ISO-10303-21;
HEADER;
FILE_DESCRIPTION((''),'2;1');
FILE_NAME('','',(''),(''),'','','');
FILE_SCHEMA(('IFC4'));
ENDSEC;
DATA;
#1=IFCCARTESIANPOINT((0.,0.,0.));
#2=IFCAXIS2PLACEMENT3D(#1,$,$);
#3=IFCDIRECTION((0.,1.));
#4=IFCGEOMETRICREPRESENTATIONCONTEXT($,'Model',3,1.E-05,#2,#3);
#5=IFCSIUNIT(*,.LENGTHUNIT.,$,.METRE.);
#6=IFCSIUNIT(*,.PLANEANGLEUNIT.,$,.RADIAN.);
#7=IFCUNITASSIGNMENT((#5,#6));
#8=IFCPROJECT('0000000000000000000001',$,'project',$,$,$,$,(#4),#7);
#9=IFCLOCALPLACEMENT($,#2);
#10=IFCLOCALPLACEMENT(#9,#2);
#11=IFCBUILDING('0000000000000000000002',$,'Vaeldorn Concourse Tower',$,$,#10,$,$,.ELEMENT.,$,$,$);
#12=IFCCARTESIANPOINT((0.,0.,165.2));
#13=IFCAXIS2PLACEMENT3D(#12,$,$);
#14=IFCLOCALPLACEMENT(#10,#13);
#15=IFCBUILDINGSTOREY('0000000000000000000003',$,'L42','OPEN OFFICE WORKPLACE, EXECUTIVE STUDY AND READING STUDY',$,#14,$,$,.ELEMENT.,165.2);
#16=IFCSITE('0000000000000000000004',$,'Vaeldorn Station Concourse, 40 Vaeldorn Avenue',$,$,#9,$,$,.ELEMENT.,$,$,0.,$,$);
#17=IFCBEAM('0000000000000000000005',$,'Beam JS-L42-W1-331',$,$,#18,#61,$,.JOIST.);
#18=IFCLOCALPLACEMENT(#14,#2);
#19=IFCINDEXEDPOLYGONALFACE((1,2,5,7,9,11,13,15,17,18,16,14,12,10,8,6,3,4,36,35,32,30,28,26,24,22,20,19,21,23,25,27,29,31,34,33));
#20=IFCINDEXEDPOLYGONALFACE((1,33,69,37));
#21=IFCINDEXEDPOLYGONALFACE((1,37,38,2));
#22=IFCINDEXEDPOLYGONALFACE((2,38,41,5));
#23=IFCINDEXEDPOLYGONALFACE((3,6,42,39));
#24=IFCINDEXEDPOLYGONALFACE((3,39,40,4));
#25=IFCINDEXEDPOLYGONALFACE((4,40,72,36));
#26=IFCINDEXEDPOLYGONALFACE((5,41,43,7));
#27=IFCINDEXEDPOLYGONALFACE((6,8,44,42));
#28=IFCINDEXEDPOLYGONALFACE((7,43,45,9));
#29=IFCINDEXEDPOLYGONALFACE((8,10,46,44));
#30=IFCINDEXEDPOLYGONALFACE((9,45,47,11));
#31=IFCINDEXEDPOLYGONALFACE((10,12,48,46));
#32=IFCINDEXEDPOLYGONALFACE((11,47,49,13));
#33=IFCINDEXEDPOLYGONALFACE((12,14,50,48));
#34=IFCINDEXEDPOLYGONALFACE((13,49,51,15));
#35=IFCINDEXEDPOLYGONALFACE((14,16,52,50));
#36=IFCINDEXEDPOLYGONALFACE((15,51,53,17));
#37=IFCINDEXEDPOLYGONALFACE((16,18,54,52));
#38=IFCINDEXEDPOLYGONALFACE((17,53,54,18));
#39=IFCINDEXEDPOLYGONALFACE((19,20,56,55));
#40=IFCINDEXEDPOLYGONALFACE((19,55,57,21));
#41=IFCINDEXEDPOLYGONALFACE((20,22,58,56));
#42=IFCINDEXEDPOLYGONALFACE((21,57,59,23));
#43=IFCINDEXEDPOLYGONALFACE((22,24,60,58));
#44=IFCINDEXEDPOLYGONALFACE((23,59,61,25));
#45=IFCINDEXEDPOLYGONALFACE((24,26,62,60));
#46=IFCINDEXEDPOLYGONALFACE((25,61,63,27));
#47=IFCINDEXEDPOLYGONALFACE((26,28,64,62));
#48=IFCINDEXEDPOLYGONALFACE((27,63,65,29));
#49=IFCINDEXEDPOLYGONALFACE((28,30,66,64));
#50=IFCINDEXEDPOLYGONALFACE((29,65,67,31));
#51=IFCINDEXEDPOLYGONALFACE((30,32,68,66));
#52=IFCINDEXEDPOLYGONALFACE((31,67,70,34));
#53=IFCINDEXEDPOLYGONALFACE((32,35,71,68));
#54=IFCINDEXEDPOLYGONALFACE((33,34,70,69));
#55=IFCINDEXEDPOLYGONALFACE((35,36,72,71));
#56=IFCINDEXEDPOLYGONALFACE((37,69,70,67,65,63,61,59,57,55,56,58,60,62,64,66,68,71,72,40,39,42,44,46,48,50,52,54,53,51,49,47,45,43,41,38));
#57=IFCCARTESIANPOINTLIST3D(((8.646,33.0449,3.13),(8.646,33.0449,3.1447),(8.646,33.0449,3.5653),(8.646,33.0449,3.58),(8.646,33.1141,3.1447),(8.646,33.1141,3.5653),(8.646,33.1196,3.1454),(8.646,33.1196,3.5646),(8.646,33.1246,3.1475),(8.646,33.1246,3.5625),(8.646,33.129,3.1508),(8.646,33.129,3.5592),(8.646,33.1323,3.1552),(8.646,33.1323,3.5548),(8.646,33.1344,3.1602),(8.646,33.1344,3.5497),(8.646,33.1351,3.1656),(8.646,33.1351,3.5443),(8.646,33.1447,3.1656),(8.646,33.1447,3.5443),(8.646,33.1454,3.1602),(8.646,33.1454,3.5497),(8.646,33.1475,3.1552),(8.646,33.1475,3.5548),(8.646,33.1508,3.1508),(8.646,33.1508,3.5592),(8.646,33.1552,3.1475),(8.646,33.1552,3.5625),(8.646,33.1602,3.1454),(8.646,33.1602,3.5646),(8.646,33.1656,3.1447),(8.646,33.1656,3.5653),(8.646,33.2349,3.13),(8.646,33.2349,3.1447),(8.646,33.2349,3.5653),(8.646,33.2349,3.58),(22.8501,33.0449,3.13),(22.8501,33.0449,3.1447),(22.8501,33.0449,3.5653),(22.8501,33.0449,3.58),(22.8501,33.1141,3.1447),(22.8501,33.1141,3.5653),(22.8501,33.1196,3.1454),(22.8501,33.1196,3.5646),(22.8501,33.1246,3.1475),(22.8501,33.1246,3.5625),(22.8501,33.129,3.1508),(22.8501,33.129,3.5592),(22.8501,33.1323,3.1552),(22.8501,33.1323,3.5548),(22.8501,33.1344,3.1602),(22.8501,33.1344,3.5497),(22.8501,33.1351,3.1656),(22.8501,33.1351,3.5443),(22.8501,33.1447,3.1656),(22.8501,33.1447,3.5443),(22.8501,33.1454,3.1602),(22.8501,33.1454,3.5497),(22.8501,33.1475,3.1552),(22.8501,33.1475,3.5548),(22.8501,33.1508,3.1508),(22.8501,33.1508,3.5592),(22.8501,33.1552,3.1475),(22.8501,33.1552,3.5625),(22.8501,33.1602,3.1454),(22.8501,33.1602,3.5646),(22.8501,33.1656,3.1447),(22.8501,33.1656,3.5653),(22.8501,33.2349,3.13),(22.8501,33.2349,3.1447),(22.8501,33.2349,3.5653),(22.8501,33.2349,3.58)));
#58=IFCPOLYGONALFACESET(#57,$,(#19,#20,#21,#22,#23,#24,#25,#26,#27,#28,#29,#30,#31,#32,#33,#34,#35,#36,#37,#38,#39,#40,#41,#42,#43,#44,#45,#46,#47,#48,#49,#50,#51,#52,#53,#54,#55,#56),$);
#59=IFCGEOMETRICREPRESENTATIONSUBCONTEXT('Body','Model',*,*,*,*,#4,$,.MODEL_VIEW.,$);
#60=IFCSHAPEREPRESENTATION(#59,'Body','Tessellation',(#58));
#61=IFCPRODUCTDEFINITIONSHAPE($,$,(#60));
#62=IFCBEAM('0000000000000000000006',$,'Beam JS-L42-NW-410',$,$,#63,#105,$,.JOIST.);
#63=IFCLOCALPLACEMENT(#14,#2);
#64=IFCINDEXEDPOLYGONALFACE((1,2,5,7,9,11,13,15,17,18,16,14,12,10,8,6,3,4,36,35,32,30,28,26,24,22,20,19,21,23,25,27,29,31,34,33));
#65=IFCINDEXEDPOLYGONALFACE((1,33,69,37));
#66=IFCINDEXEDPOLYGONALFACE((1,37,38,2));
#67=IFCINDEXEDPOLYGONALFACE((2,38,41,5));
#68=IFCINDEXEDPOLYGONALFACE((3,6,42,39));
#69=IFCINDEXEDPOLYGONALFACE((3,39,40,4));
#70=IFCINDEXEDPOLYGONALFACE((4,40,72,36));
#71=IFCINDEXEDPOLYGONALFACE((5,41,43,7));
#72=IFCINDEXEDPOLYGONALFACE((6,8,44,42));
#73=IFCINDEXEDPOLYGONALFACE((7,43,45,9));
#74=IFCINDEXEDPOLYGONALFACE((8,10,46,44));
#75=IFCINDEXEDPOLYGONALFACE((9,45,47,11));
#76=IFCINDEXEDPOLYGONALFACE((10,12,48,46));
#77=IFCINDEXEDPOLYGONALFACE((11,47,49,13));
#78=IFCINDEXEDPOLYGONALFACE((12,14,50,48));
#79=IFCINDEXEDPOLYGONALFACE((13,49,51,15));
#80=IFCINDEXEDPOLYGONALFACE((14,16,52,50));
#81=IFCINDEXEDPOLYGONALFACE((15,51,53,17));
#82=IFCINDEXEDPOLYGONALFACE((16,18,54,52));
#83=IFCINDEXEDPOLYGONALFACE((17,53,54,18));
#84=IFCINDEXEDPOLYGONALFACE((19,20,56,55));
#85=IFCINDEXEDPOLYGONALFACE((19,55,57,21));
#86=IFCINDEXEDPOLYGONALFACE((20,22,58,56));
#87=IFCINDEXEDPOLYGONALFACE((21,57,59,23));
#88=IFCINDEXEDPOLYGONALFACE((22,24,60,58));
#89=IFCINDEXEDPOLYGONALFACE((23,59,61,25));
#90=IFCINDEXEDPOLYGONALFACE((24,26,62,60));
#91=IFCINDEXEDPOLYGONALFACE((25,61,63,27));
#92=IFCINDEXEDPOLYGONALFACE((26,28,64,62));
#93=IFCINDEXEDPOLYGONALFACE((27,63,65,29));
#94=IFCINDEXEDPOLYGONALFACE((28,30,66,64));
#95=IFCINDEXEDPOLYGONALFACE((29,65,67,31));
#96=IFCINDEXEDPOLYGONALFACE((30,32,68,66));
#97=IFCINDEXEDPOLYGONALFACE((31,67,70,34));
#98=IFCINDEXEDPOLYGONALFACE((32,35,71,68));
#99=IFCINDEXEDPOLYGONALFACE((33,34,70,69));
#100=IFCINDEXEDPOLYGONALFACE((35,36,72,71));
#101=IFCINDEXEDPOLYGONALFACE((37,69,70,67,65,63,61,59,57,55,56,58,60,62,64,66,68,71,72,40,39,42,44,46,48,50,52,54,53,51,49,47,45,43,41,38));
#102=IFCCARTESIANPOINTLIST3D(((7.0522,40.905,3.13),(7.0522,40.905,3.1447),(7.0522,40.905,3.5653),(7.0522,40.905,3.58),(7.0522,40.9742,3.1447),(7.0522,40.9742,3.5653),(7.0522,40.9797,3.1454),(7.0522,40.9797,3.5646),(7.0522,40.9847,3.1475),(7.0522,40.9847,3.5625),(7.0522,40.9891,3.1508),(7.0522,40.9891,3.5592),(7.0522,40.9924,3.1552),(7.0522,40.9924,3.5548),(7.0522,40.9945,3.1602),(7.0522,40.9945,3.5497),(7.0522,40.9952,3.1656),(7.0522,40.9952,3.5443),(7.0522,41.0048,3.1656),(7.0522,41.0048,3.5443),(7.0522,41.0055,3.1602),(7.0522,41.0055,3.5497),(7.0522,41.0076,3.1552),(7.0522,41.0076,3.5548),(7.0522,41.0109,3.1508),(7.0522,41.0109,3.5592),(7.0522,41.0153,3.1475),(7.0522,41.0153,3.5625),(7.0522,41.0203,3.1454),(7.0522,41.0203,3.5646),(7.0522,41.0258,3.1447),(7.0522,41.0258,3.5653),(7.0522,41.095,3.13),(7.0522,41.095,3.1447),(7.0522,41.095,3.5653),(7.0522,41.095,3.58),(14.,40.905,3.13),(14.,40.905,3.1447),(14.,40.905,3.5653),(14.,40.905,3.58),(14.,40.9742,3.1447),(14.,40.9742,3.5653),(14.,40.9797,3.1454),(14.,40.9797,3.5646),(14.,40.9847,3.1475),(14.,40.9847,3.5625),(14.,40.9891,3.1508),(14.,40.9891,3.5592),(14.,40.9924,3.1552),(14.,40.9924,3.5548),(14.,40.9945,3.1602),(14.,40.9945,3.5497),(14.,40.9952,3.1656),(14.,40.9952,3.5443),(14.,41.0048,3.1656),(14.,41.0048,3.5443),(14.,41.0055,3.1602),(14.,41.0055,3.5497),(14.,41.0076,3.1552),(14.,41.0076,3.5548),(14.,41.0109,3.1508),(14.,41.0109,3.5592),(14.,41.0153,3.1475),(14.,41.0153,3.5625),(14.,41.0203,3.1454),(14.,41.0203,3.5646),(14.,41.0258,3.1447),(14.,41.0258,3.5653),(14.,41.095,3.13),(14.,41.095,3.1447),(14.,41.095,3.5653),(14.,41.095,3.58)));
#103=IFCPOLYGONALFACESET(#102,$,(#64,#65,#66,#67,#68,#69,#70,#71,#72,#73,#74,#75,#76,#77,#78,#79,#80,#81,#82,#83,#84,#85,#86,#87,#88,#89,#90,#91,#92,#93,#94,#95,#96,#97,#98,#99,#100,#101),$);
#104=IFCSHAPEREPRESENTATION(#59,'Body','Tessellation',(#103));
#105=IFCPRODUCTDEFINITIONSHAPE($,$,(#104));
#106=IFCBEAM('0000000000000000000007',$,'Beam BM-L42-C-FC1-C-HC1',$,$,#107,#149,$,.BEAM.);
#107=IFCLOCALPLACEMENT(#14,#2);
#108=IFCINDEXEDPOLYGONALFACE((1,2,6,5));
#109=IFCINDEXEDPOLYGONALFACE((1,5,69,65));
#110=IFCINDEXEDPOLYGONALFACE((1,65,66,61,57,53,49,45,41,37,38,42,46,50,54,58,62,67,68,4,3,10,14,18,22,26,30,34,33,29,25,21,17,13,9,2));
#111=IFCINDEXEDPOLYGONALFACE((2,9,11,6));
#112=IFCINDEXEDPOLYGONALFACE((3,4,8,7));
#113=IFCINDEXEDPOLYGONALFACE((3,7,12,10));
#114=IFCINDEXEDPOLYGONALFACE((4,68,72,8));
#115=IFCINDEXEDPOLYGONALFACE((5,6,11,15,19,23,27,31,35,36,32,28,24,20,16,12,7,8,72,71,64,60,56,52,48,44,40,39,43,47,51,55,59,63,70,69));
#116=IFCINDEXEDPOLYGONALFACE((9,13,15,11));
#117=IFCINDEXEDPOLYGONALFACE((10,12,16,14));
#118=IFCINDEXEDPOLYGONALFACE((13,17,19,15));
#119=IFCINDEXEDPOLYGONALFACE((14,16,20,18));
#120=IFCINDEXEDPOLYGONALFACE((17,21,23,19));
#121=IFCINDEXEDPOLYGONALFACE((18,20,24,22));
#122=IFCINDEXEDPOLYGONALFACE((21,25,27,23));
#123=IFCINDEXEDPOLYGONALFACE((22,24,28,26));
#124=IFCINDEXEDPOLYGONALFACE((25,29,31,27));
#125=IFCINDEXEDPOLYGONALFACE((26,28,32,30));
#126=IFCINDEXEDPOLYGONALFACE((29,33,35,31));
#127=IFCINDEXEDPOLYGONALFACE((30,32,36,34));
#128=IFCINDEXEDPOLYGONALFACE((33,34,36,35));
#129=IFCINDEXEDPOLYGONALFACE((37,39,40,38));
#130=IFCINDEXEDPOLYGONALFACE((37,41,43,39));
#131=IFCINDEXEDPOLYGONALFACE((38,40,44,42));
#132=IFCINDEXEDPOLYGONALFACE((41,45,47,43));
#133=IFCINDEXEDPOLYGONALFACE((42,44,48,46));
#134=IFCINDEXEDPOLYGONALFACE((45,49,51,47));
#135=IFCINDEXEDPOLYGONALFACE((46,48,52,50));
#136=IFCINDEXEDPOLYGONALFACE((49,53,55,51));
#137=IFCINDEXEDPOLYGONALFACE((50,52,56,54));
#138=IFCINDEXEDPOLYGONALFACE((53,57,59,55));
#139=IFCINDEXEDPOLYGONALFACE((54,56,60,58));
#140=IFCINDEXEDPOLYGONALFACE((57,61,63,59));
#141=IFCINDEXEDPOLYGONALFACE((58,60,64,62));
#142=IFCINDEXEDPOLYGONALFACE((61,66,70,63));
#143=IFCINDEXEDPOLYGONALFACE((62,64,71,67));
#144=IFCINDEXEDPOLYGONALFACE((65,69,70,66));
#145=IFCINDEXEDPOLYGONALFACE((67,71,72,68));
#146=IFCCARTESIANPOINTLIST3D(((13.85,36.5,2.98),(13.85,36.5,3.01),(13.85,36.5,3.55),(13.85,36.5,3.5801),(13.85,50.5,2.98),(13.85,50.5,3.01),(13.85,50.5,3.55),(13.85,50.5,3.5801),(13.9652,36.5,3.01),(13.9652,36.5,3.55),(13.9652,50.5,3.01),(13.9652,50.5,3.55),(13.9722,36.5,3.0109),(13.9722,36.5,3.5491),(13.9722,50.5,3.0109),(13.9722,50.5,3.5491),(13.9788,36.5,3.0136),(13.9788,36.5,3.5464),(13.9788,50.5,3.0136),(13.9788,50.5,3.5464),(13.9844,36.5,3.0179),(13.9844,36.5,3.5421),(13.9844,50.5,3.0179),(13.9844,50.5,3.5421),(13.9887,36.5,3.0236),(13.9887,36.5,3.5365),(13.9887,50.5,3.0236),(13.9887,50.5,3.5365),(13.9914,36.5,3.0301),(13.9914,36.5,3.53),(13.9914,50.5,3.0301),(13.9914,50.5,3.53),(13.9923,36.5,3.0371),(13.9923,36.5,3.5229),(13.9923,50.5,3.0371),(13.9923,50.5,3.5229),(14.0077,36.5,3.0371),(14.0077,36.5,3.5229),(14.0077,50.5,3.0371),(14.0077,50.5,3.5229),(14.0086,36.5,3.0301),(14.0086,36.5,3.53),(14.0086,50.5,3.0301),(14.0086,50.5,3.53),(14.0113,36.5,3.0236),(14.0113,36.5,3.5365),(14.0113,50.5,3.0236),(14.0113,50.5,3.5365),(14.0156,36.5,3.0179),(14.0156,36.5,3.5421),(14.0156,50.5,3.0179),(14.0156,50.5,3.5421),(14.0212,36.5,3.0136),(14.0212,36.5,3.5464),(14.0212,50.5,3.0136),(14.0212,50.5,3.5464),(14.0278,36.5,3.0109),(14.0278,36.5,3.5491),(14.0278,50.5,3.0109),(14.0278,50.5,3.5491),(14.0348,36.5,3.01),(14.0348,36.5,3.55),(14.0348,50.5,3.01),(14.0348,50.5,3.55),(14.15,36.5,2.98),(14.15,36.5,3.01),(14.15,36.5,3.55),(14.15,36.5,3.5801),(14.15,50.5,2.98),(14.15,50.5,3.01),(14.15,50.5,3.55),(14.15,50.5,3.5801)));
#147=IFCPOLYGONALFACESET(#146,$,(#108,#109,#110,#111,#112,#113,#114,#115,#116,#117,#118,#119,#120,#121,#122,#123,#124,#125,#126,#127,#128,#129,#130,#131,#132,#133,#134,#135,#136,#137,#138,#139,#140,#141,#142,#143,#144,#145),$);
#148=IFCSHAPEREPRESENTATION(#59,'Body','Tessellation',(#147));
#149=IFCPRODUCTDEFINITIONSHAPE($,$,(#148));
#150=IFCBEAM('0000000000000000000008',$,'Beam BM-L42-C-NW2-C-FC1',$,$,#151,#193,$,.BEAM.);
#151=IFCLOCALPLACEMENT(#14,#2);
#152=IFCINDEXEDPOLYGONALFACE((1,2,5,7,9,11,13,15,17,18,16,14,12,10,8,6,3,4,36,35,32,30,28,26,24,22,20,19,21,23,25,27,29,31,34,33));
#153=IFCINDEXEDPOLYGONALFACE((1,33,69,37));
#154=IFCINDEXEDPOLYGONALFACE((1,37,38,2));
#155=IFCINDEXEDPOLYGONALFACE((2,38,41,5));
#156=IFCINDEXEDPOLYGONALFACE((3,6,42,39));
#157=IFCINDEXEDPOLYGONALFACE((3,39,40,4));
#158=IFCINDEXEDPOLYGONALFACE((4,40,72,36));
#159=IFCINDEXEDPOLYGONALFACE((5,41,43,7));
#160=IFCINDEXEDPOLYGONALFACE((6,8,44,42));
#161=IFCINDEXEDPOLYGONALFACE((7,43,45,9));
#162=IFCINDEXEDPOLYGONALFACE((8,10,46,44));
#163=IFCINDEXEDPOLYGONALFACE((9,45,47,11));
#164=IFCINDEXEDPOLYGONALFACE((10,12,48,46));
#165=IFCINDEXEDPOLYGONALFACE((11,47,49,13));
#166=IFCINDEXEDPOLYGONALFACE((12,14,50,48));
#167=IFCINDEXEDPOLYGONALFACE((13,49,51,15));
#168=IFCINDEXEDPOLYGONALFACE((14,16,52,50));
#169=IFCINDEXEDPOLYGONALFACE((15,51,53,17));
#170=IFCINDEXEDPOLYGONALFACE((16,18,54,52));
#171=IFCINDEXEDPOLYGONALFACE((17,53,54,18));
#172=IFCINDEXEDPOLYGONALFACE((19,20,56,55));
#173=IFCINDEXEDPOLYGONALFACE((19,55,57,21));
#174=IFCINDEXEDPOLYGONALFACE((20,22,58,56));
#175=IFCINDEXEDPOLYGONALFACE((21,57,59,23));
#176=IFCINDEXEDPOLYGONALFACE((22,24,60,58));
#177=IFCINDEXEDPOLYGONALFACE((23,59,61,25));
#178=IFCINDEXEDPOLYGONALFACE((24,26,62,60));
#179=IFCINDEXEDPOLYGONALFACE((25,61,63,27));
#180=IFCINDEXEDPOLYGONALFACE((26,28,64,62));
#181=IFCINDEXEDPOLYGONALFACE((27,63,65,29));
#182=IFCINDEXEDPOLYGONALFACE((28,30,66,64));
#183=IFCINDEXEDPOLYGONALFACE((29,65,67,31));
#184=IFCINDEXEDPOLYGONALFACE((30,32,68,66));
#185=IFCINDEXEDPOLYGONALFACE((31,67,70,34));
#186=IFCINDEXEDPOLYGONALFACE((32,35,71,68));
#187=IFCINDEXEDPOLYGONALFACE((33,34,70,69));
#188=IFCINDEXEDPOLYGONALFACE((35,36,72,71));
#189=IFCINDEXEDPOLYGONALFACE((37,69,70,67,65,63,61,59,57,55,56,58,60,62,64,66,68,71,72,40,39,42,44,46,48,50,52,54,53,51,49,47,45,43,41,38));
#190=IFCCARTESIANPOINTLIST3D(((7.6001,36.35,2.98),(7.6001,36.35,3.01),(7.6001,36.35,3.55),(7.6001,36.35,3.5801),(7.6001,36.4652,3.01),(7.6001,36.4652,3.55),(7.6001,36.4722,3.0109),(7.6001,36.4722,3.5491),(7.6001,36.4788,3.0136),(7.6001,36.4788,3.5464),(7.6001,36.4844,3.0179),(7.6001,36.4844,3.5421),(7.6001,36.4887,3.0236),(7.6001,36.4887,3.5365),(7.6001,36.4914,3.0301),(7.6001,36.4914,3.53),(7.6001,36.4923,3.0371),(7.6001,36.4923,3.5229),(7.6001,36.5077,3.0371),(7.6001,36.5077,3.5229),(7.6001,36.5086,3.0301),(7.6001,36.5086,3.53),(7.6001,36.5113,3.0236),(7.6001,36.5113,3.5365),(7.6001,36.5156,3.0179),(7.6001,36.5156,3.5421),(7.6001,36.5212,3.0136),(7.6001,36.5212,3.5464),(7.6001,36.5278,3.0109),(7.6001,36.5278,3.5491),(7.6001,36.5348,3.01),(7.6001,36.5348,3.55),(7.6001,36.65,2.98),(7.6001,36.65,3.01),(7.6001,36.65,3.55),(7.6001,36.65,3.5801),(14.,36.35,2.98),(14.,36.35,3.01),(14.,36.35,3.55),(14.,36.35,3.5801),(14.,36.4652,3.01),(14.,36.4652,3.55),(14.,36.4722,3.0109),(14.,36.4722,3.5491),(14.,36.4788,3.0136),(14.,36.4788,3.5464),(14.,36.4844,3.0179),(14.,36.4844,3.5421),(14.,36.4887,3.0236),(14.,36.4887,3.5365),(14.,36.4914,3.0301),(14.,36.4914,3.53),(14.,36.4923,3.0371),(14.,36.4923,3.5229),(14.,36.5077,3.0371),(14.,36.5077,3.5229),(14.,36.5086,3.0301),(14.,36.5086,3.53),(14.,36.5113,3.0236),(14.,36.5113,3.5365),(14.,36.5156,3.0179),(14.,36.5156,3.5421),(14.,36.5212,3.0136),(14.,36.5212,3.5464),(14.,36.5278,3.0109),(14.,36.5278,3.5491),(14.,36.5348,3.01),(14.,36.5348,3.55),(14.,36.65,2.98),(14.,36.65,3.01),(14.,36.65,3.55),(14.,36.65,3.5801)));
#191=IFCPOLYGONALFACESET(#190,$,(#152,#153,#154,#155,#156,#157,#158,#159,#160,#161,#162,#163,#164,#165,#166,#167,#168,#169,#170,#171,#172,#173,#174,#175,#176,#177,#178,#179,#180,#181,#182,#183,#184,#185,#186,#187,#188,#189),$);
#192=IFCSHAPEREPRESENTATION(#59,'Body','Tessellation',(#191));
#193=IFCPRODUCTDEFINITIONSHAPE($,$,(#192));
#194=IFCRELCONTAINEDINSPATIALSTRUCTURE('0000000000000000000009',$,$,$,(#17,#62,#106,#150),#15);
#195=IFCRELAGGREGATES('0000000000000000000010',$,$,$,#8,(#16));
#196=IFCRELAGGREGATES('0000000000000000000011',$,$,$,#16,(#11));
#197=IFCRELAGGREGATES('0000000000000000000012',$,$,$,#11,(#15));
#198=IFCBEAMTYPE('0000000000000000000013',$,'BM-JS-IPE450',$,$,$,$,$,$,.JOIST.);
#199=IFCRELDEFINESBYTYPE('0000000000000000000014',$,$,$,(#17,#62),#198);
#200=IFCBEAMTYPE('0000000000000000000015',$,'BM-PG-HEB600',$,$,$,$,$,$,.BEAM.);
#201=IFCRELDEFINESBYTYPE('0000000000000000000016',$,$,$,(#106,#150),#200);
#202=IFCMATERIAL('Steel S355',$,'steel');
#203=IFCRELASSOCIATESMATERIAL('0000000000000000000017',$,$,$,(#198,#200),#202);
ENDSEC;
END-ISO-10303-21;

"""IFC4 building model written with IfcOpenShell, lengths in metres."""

from ifc_helpers import new_model, si_unit, direction, frame, origin, origin_2d, place, context, subcontext, project, spatial, i_section, extrude, source, transform, mapped, material, material_profile, profile_set, type_object, element, save


model = new_model("IFC4")

# Units and contexts
model_context = context("Model", 3, precision=1e-05, world=origin(), true_north=direction((0.0, 1.0)))
body_context = subcontext(model_context, "Body", "Model", "MODEL_VIEW")
ifc_project = project(units=[si_unit("LENGTHUNIT", "METRE"), si_unit("PLANEANGLEUNIT", "RADIAN")], contexts=[model_context])

# Site, building, storey
site_placement = place(None, origin())
site = spatial("IfcSite", under=ifc_project, at=site_placement, Name="Vaeldorn Station Concourse, 40 Vaeldorn Avenue", CompositionType="ELEMENT", RefElevation=0.0)
building_placement = place(site_placement, origin())
building = spatial("IfcBuilding", under=site, at=building_placement, Name="Vaeldorn Concourse Tower", CompositionType="ELEMENT")
storey_placement = place(building_placement, frame((0.0, 0.0, 165.2)))
storey = spatial("IfcBuildingStorey", under=building, at=storey_placement, Name="L42", Description="OPEN OFFICE WORKPLACE, EXECUTIVE STUDY AND READING STUDY", CompositionType="ELEMENT", Elevation=165.2)

# Beams
ifc_material_1 = material(Name="Steel S355", Category="steel")
ifc_material_profile_1 = material_profile(ifc_material_1, i_section(OverallWidth=0.1899, OverallDepth=0.45, WebThickness=0.0095, FlangeThickness=0.0146, FilletRadius=0.021, at=origin_2d()), Name="IPE 450")
ifc_profile_set_1 = profile_set([ifc_material_profile_1], Name="Steel S355")
beam_type_1 = type_object("IfcBeamType", Name="BM-JS-IPE450", PredefinedType="JOIST", material=ifc_profile_set_1)
shared_shape_1 = source(origin(), body_context, "Body", "SweptSolid", [
    extrude(i_section(OverallWidth=0.1899, OverallDepth=0.45, WebThickness=0.0095, FlangeThickness=0.0146, FilletRadius=0.021, at=origin_2d()), origin(), (0.0, 0.0, 1.0), 14.2041),
])
beam_1_placement = place(storey_placement, frame((8.646, 33.1399, 3.355), z_axis=(1.0, 0.0, 0.0), x_axis=(0.0, 1.0, 0.0)))
element("IfcBeam", 1, at=beam_1_placement, inside=storey, type_object=beam_type_1, Name="Beam JS-L42-W1-331", PredefinedType="JOIST", context=body_context, shape_type="MappedRepresentation", body=[
    mapped(shared_shape_1, transform((0.0, 0.0, 0.0), scale=1.0)),
])
shared_shape_2 = source(origin(), body_context, "Body", "SweptSolid", [
    extrude(i_section(OverallWidth=0.1899, OverallDepth=0.45, WebThickness=0.0095, FlangeThickness=0.0146, FilletRadius=0.021, at=origin_2d()), origin(), (0.0, 0.0, 1.0), 6.9478),
])
beam_2_placement = place(storey_placement, frame((7.0522, 41.0, 3.355), z_axis=(1.0, 0.0, 0.0), x_axis=(0.0, 1.0, 0.0)))
element("IfcBeam", 2, at=beam_2_placement, inside=storey, type_object=beam_type_1, Name="Beam JS-L42-NW-410", PredefinedType="JOIST", context=body_context, shape_type="MappedRepresentation", body=[
    mapped(shared_shape_2, transform((0.0, 0.0, 0.0), scale=1.0)),
])
ifc_material_profile_2 = material_profile(ifc_material_1, i_section(OverallWidth=0.3, OverallDepth=0.6001, WebThickness=0.0154, FlangeThickness=0.03, FilletRadius=0.0271, at=origin_2d()), Name="HEB 600")
ifc_profile_set_2 = profile_set([ifc_material_profile_2], Name="Steel S355")
beam_type_2 = type_object("IfcBeamType", Name="BM-PG-HEB600", PredefinedType="BEAM", material=ifc_profile_set_2)
shared_shape_3 = source(origin(), body_context, "Body", "SweptSolid", [
    extrude(i_section(OverallWidth=0.3, OverallDepth=0.6001, WebThickness=0.0154, FlangeThickness=0.03, FilletRadius=0.0271, at=origin_2d()), origin(), (0.0, 0.0, 1.0), 14.0),
])
beam_3_placement = place(storey_placement, frame((14.0, 36.5, 3.28), z_axis=(0.0, 1.0, 0.0), x_axis=(-1.0, 0.0, 0.0)))
element("IfcBeam", 3, at=beam_3_placement, inside=storey, type_object=beam_type_2, Name="Beam BM-L42-C-FC1-C-HC1", PredefinedType="BEAM", context=body_context, shape_type="MappedRepresentation", body=[
    mapped(shared_shape_3, transform((0.0, 0.0, 0.0), scale=1.0)),
])
shared_shape_4 = source(origin(), body_context, "Body", "SweptSolid", [
    extrude(i_section(OverallWidth=0.3, OverallDepth=0.6001, WebThickness=0.0154, FlangeThickness=0.03, FilletRadius=0.0271, at=origin_2d()), origin(), (0.0, 0.0, 1.0), 6.3999),
])
beam_4_placement = place(storey_placement, frame((7.6001, 36.5, 3.28), z_axis=(1.0, 0.0, 0.0), x_axis=(0.0, 1.0, 0.0)))
element("IfcBeam", 4, at=beam_4_placement, inside=storey, type_object=beam_type_2, Name="Beam BM-L42-C-NW2-C-FC1", PredefinedType="BEAM", context=body_context, shape_type="MappedRepresentation", body=[
    mapped(shared_shape_4, transform((0.0, 0.0, 0.0), scale=1.0)),
])

save(model, "model.ifc")
